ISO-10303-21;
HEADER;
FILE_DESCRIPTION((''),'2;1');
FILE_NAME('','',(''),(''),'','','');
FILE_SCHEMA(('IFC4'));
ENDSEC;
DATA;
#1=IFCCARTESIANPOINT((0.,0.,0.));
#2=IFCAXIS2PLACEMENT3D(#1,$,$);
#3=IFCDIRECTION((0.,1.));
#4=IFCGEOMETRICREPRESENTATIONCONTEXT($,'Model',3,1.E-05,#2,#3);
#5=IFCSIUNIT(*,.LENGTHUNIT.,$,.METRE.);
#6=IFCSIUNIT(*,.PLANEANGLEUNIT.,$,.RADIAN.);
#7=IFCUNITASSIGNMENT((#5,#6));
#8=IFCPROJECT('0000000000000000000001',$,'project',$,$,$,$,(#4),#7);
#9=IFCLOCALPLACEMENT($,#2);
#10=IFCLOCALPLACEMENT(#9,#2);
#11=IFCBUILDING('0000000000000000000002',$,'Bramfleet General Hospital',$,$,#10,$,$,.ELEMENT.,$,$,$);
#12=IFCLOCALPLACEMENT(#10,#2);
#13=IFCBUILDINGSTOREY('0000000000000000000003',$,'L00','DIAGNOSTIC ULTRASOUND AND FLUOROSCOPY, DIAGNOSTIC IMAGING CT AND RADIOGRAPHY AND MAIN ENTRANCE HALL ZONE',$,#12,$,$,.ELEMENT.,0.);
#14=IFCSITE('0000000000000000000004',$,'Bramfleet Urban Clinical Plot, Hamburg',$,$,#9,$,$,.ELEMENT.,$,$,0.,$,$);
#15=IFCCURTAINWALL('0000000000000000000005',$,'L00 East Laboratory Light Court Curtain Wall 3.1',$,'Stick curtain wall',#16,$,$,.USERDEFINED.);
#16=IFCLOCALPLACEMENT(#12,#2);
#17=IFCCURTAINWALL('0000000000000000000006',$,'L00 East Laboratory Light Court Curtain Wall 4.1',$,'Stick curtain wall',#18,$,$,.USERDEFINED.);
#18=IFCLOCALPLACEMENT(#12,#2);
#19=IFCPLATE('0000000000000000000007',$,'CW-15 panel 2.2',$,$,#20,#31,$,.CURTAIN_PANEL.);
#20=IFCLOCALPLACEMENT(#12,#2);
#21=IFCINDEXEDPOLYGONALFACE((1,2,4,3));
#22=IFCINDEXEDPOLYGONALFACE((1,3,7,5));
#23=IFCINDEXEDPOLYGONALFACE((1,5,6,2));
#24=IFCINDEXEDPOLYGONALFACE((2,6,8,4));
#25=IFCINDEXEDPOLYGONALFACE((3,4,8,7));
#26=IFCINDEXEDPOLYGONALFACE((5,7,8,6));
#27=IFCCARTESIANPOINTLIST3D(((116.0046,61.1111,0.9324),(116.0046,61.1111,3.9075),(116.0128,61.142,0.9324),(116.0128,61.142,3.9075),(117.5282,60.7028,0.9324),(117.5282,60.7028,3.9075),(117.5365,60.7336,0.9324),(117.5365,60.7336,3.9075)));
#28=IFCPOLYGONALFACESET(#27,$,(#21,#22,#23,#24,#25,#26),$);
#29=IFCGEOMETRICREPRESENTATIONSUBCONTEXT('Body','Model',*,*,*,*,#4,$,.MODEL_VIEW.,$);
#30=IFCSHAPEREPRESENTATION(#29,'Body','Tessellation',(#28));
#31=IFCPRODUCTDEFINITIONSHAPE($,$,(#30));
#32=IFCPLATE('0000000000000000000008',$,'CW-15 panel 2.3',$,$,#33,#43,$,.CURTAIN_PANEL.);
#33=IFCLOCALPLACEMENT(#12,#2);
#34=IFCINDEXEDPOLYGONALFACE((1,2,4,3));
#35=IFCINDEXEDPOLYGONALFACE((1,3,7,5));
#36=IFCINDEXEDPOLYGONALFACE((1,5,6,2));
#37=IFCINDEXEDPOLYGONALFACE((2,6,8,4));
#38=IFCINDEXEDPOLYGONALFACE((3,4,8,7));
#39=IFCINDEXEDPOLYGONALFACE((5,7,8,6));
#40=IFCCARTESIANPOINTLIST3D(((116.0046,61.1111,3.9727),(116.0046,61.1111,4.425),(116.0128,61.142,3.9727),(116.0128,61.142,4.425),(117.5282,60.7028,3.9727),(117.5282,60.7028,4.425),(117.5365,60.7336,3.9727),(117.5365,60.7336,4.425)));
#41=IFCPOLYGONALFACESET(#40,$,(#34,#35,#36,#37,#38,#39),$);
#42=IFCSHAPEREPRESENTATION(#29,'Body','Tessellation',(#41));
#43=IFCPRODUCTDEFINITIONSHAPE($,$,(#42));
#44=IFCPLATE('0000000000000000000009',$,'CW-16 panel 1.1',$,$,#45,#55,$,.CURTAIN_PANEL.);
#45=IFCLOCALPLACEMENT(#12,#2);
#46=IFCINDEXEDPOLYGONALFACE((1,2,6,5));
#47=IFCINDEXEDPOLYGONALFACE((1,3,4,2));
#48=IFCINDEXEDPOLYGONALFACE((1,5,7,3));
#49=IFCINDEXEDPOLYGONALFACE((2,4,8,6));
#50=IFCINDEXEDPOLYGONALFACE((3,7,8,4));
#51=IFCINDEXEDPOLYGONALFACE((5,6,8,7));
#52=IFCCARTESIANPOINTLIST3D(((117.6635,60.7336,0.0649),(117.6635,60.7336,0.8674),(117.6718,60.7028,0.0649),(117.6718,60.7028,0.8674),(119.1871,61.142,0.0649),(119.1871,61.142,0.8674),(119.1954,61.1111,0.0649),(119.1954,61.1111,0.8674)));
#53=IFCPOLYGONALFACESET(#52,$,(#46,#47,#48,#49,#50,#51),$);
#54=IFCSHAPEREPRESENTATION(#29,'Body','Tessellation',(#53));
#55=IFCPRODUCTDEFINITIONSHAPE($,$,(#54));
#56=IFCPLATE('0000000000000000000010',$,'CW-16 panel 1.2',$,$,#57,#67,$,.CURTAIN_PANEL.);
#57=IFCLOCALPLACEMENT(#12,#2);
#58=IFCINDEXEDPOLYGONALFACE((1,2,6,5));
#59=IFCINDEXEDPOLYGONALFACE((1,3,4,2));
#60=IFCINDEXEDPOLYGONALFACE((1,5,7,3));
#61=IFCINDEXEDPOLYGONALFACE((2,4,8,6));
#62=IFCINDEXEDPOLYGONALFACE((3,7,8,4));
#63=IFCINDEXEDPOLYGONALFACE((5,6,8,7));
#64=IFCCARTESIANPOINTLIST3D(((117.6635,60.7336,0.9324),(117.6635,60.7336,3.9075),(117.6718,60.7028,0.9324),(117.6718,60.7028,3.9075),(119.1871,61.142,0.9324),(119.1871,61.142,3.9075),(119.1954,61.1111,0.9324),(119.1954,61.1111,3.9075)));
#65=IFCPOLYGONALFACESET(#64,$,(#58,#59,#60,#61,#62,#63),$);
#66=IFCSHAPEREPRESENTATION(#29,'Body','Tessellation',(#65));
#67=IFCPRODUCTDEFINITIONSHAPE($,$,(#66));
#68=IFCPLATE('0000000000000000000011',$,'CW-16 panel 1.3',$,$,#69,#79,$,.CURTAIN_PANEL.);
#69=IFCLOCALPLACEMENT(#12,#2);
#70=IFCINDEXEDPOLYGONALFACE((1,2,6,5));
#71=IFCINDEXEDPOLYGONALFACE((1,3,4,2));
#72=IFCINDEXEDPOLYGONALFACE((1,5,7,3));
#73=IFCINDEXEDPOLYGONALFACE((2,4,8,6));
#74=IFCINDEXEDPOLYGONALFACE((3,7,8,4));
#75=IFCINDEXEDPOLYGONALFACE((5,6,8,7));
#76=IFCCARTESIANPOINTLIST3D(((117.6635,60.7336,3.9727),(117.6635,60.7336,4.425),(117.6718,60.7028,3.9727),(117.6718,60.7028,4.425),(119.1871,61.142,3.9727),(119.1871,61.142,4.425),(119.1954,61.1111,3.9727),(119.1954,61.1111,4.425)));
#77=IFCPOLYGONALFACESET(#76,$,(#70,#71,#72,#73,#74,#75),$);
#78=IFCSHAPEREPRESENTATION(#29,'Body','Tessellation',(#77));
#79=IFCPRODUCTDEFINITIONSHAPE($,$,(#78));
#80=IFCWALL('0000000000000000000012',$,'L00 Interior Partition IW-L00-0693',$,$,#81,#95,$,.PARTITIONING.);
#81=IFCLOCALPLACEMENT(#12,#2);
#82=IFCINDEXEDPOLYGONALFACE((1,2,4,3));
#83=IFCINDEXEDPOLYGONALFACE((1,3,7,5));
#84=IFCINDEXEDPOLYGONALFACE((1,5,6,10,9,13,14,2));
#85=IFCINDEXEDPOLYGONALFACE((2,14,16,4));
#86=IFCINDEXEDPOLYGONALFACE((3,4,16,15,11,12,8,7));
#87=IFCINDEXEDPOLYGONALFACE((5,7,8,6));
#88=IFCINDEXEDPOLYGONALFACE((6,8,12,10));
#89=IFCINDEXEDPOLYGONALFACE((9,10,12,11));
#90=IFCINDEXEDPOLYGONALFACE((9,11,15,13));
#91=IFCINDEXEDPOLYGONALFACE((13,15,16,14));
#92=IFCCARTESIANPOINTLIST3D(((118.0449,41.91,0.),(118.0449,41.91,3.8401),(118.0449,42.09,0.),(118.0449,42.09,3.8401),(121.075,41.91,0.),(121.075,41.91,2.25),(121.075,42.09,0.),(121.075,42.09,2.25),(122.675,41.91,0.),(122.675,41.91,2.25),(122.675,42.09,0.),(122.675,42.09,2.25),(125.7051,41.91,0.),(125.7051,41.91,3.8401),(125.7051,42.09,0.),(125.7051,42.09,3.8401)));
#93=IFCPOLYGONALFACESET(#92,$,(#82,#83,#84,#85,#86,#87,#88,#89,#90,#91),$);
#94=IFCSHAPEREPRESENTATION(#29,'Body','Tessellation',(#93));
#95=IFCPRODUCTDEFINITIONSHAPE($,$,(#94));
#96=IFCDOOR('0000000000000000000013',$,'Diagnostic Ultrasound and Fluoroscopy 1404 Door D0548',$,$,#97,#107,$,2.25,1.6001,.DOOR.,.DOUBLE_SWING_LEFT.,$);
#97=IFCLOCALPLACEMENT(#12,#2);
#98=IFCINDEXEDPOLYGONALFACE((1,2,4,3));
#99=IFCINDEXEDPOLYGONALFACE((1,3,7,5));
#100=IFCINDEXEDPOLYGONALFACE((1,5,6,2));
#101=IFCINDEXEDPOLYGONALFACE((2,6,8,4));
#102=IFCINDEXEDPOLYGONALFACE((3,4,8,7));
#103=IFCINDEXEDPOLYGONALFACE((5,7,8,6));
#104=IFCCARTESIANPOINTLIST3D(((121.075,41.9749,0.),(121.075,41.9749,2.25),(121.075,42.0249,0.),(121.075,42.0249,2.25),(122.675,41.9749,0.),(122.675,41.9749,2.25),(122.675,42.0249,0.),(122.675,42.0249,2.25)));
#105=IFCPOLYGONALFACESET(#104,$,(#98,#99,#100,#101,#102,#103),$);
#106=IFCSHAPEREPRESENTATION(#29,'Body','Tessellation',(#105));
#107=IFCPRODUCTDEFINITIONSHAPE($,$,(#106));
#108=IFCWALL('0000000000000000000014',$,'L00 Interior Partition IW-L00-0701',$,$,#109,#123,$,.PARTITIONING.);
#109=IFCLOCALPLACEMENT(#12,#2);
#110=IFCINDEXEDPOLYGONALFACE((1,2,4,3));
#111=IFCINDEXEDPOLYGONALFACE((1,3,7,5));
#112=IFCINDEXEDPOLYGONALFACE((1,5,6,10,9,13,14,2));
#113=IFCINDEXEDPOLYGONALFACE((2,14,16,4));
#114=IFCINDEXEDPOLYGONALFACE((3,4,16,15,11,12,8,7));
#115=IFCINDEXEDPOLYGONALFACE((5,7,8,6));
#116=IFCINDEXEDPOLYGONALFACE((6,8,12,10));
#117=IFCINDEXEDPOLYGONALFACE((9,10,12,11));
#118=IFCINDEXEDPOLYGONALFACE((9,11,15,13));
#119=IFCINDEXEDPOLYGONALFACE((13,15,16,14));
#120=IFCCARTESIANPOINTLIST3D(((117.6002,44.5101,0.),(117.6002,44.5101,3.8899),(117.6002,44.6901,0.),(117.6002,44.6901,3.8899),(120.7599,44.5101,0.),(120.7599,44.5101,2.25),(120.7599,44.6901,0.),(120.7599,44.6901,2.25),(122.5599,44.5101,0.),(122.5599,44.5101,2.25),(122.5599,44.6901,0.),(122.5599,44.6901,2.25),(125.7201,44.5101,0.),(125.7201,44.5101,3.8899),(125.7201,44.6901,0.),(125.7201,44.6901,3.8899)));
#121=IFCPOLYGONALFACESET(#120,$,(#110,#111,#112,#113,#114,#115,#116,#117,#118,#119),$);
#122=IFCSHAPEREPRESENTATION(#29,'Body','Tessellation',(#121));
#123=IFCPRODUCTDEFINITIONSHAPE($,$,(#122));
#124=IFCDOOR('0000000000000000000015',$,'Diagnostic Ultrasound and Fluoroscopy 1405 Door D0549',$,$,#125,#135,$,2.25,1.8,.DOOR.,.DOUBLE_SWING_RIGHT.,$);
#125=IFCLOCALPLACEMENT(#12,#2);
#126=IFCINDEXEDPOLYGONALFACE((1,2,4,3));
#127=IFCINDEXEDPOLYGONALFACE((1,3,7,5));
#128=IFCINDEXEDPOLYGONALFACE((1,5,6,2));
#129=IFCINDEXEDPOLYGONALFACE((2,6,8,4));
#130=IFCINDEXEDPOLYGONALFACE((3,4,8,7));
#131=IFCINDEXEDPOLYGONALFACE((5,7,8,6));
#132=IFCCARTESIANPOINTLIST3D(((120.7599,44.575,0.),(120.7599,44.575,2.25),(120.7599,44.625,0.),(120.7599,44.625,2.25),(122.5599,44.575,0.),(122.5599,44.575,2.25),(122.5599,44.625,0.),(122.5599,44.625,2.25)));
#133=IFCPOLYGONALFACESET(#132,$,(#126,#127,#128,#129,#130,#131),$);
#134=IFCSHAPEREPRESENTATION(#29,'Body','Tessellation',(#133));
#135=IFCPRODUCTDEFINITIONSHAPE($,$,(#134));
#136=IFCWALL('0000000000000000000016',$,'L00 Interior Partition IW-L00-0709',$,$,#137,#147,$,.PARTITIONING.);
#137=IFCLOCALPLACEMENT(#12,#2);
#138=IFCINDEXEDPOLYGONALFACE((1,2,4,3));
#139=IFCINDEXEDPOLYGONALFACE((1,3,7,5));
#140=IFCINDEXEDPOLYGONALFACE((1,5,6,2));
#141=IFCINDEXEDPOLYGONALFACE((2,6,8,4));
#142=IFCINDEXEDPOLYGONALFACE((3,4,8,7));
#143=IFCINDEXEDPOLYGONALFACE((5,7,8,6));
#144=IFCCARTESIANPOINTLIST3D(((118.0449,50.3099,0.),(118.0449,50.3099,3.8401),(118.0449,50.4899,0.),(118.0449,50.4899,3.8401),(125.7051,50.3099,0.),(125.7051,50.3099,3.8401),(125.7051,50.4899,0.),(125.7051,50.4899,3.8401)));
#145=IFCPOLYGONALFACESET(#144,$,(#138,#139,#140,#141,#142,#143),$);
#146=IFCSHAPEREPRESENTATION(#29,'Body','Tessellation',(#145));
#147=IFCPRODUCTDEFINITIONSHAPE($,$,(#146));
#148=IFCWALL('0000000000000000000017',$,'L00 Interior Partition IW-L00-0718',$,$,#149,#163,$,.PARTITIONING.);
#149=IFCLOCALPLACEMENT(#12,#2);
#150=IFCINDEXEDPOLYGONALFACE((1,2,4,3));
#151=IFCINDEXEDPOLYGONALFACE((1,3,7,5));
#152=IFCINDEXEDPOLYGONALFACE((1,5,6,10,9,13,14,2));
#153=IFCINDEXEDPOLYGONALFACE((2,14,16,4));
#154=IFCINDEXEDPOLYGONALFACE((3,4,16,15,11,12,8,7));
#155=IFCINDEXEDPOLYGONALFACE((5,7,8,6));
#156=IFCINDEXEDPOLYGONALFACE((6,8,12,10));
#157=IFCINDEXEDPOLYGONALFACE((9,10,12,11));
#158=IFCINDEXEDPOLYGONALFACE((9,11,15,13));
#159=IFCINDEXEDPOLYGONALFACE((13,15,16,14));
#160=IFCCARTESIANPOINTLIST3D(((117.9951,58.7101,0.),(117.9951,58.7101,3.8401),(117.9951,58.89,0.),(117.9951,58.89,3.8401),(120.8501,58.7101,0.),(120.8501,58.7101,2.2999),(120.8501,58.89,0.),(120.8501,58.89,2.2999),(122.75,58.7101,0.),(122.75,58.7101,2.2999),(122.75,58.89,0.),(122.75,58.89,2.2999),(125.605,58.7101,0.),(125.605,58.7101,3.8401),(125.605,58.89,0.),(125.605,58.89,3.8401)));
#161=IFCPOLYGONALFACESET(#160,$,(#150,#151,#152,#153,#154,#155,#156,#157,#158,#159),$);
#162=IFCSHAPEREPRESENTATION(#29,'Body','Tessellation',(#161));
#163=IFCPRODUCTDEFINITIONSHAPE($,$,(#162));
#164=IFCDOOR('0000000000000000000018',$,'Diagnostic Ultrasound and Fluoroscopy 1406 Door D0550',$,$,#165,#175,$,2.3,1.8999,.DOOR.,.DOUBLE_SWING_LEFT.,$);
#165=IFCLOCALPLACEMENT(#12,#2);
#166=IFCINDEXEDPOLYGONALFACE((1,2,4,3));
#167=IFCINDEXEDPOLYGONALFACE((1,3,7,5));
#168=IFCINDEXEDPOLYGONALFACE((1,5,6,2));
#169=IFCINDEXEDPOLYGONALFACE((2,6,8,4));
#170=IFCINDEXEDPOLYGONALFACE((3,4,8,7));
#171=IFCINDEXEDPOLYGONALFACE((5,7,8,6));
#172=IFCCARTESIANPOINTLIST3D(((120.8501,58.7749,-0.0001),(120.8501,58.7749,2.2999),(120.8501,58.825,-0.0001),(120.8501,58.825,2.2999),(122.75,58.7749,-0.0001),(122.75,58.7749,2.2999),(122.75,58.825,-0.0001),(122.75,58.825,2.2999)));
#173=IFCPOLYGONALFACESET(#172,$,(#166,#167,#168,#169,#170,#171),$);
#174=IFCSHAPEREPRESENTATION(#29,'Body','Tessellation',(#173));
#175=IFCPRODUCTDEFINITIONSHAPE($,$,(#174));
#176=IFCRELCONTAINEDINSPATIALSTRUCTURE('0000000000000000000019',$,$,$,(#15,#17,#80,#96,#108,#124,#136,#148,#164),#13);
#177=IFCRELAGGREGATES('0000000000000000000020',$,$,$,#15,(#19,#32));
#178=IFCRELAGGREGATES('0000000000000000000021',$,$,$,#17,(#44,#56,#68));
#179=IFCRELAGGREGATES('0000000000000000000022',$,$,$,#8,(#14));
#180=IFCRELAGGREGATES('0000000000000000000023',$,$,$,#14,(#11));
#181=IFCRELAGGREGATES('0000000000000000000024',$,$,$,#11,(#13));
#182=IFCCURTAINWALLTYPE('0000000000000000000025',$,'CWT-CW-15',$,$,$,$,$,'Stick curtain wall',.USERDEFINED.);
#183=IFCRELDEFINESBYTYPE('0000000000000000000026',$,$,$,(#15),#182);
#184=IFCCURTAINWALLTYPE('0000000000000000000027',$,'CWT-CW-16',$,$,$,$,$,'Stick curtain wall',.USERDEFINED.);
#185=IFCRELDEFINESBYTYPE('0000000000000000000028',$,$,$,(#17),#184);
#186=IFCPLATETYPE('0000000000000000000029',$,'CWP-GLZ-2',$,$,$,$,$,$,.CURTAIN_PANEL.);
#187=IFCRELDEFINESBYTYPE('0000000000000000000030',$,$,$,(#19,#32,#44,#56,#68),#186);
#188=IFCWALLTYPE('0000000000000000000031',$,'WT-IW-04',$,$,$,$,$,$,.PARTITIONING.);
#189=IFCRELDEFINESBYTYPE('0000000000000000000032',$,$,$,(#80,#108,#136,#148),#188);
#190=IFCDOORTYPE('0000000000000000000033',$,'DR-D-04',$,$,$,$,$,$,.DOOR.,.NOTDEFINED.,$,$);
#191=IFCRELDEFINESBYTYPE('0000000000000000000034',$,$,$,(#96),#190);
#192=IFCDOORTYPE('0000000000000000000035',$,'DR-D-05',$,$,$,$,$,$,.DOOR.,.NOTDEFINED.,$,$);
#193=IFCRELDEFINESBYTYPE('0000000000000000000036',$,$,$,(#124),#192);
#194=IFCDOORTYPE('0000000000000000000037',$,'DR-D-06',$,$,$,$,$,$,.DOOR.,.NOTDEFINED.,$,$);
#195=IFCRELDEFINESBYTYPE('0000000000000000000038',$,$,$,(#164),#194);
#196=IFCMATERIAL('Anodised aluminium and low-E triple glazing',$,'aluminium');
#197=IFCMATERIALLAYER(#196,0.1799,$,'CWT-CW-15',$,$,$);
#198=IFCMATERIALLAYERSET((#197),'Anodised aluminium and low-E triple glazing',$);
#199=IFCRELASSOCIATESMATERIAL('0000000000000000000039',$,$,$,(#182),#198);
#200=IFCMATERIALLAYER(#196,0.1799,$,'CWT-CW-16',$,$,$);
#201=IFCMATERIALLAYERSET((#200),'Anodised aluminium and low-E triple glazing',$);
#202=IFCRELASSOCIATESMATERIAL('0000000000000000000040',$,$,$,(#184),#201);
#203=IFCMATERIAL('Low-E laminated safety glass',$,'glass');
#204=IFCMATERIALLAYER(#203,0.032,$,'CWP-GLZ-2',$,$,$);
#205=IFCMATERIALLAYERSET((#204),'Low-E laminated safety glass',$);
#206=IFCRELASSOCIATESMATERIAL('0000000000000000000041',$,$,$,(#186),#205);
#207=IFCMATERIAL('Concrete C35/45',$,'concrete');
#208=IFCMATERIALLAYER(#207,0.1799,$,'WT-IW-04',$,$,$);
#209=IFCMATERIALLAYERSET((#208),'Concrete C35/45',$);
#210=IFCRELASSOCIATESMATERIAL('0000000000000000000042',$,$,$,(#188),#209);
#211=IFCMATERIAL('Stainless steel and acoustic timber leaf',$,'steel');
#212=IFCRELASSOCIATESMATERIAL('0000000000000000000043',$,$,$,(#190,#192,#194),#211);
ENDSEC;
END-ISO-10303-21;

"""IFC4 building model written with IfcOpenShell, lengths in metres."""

from ifc_helpers import new_model, si_unit, direction, frame, frame_2d, origin, origin_2d, place, context, subcontext, project, spatial, rectangle, extrude, material, layer, layer_set, type_object, element, fill, aggregate, save


model = new_model("IFC4")

# Units and contexts
model_context = context("Model", 3, precision=1e-05, world=origin(), true_north=direction((0.0, 1.0)))
body_context = subcontext(model_context, "Body", "Model", "MODEL_VIEW")
ifc_project = project(units=[si_unit("LENGTHUNIT", "METRE"), si_unit("PLANEANGLEUNIT", "RADIAN")], contexts=[model_context])

# Site, building, storey
site_placement = place(None, origin())
site = spatial("IfcSite", under=ifc_project, at=site_placement, Name="Bramfleet Urban Clinical Plot, Hamburg", CompositionType="ELEMENT", RefElevation=0.0)
building_placement = place(site_placement, origin())
building = spatial("IfcBuilding", under=site, at=building_placement, Name="Bramfleet General Hospital", CompositionType="ELEMENT")
storey_placement = place(building_placement, origin())
storey = spatial("IfcBuildingStorey", under=building, at=storey_placement, Name="L00", Description="DIAGNOSTIC ULTRASOUND AND FLUOROSCOPY, DIAGNOSTIC IMAGING CT AND RADIOGRAPHY AND MAIN ENTRANCE HALL ZONE", CompositionType="ELEMENT", Elevation=0.0)

# Shared definitions
ifc_material_1 = material(Name="Concrete C35/45", Category="concrete")

# Curtain walls
ifc_material_2 = material(Name="Anodised aluminium and low-E triple glazing", Category="aluminium")
ifc_layer_1 = layer(ifc_material_2, 0.1799, Name="CWT-CW-15")
ifc_layer_set_1 = layer_set([ifc_layer_1], Name="Anodised aluminium and low-E triple glazing")
curtain_wall_type_1 = type_object("IfcCurtainWallType", Name="CWT-CW-15", ElementType="Stick curtain wall", PredefinedType="USERDEFINED", material=ifc_layer_set_1)
curtain_wall_1_placement = place(storey_placement, origin())
curtain_wall_1 = element("IfcCurtainWall", 1, at=curtain_wall_1_placement, inside=storey, type_object=curtain_wall_type_1, Name="L00 East Laboratory Light Court Curtain Wall 3.1", ObjectType="Stick curtain wall", PredefinedType="USERDEFINED")
ifc_layer_2 = layer(ifc_material_2, 0.1799, Name="CWT-CW-16")
ifc_layer_set_2 = layer_set([ifc_layer_2], Name="Anodised aluminium and low-E triple glazing")
curtain_wall_type_2 = type_object("IfcCurtainWallType", Name="CWT-CW-16", ElementType="Stick curtain wall", PredefinedType="USERDEFINED", material=ifc_layer_set_2)
curtain_wall_2_placement = place(storey_placement, origin())
curtain_wall_2 = element("IfcCurtainWall", 2, at=curtain_wall_2_placement, inside=storey, type_object=curtain_wall_type_2, Name="L00 East Laboratory Light Court Curtain Wall 4.1", ObjectType="Stick curtain wall", PredefinedType="USERDEFINED")

# Plates
ifc_material_3 = material(Name="Low-E laminated safety glass", Category="glass")
ifc_layer_3 = layer(ifc_material_3, 0.032, Name="CWP-GLZ-2")
ifc_layer_set_3 = layer_set([ifc_layer_3], Name="Low-E laminated safety glass")
plate_type = type_object("IfcPlateType", Name="CWP-GLZ-2", PredefinedType="CURTAIN_PANEL", material=ifc_layer_set_3)
plate_1_placement = place(storey_placement, frame((116.7705, 60.9224, 0.9324), z_axis=(0.0, 0.0, 1.0), x_axis=(0.965914, -0.258865, 0.0)))
plate_1 = element("IfcPlate", 3, at=plate_1_placement, type_object=plate_type, Name="CW-15 panel 2.2", PredefinedType="CURTAIN_PANEL", context=body_context, shape_type="SweptSolid", body=[
    extrude(rectangle(XDim=1.5774, YDim=0.032, at=origin_2d()), origin(), (0.0, 0.0, 1.0), 2.9751),
])
plate_2_placement = place(storey_placement, frame((116.7705, 60.9224, 3.9727), z_axis=(0.0, 0.0, 1.0), x_axis=(0.965914, -0.258865, 0.0)))
plate_2 = element("IfcPlate", 4, at=plate_2_placement, type_object=plate_type, Name="CW-15 panel 2.3", PredefinedType="CURTAIN_PANEL", context=body_context, shape_type="SweptSolid", body=[
    extrude(rectangle(XDim=1.5774, YDim=0.032, at=origin_2d()), origin(), (0.0, 0.0, 1.0), 0.4524),
])
aggregate(curtain_wall_1, [plate_1, plate_2])
plate_3_placement = place(storey_placement, frame((118.4294, 60.9224, 0.0649), z_axis=(0.0, 0.0, 1.0), x_axis=(0.965914, 0.258865, 0.0)))
plate_3 = element("IfcPlate", 5, at=plate_3_placement, type_object=plate_type, Name="CW-16 panel 1.1", PredefinedType="CURTAIN_PANEL", context=body_context, shape_type="SweptSolid", body=[
    extrude(rectangle(XDim=1.5774, YDim=0.032, at=origin_2d()), origin(), (0.0, 0.0, 1.0), 0.8025),
])
plate_4_placement = place(storey_placement, frame((118.4294, 60.9224, 0.9324), z_axis=(0.0, 0.0, 1.0), x_axis=(0.965914, 0.258865, 0.0)))
plate_4 = element("IfcPlate", 6, at=plate_4_placement, type_object=plate_type, Name="CW-16 panel 1.2", PredefinedType="CURTAIN_PANEL", context=body_context, shape_type="SweptSolid", body=[
    extrude(rectangle(XDim=1.5774, YDim=0.032, at=origin_2d()), origin(), (0.0, 0.0, 1.0), 2.9751),
])
plate_5_placement = place(storey_placement, frame((118.4294, 60.9224, 3.9727), z_axis=(0.0, 0.0, 1.0), x_axis=(0.965914, 0.258865, 0.0)))
plate_5 = element("IfcPlate", 7, at=plate_5_placement, type_object=plate_type, Name="CW-16 panel 1.3", PredefinedType="CURTAIN_PANEL", context=body_context, shape_type="SweptSolid", body=[
    extrude(rectangle(XDim=1.5774, YDim=0.032, at=origin_2d()), origin(), (0.0, 0.0, 1.0), 0.4524),
])
aggregate(curtain_wall_2, [plate_3, plate_4, plate_5])

# Walls, openings, doors
ifc_layer_4 = layer(ifc_material_1, 0.1799, Name="WT-IW-04")
ifc_layer_set_4 = layer_set([ifc_layer_4], Name="Concrete C35/45")
wall_type = type_object("IfcWallType", Name="WT-IW-04", PredefinedType="PARTITIONING", material=ifc_layer_set_4)
wall_1_placement = place(storey_placement, frame((118.0449, 42.0, 0.0), z_axis=(0.0, 0.0, 1.0), x_axis=(1.0, 0.0, 0.0)))
wall_1 = element("IfcWall", 8, at=wall_1_placement, inside=storey, type_object=wall_type, Name="L00 Interior Partition IW-L00-0693", PredefinedType="PARTITIONING", context=body_context, shape_type="SweptSolid", body=[
    extrude(rectangle(XDim=7.6602, YDim=0.1799, at=frame_2d((3.8301, 0.0))), origin(), (0.0, 0.0, 1.0), 3.8401),
])
opening_1_placement = place(wall_1_placement, frame((3.03, 0.0, 0.0)))
opening_1 = element("IfcOpeningElement", 9, at=opening_1_placement, cuts=wall_1, PredefinedType="OPENING", context=body_context, shape_type="SweptSolid", body=[
    extrude(rectangle(XDim=1.6001, YDim=2.25, at=frame_2d((0.8, 1.125))), frame((0.0, 0.0999, 0.0), z_axis=(0.0, -1.0, 0.0), x_axis=(1.0, 0.0, 0.0)), (0.0, 0.0, 1.0), 0.2),
])
ifc_material_4 = material(Name="Stainless steel and acoustic timber leaf", Category="steel")
door_type_1 = type_object("IfcDoorType", Name="DR-D-04", OperationType="NOTDEFINED", PredefinedType="DOOR", material=ifc_material_4)
door_1_placement = place(opening_1_placement, origin())
door_1 = element("IfcDoor", 10, at=door_1_placement, inside=storey, type_object=door_type_1, Name="Diagnostic Ultrasound and Fluoroscopy 1404 Door D0548", OperationType="DOUBLE_SWING_LEFT", OverallHeight=2.25, OverallWidth=1.6001, PredefinedType="DOOR", context=body_context, shape_type="SweptSolid", body=[
    extrude(rectangle(XDim=1.6001, YDim=2.25, at=frame_2d((0.8, 1.125))), frame((0.0, 0.0249, 0.0), z_axis=(0.0, -1.0, 0.0), x_axis=(1.0, 0.0, 0.0)), (0.0, 0.0, 1.0), 0.05),
])
fill(opening_1, door_1)
wall_2_placement = place(storey_placement, frame((117.6001, 44.6001, 0.0), z_axis=(0.0, 0.0, 1.0), x_axis=(1.0, 0.0, 0.0)))
wall_2 = element("IfcWall", 11, at=wall_2_placement, inside=storey, type_object=wall_type, Name="L00 Interior Partition IW-L00-0701", PredefinedType="PARTITIONING", context=body_context, shape_type="SweptSolid", body=[
    extrude(rectangle(XDim=8.1199, YDim=0.1799, at=frame_2d((4.0601, 0.0))), origin(), (0.0, 0.0, 1.0), 3.8899),
])
opening_2_placement = place(wall_2_placement, frame((3.1599, 0.0, 0.0)))
opening_2 = element("IfcOpeningElement", 12, at=opening_2_placement, cuts=wall_2, PredefinedType="OPENING", context=body_context, shape_type="SweptSolid", body=[
    extrude(rectangle(XDim=1.8, YDim=2.25, at=frame_2d((0.8999, 1.125))), frame((0.0, 0.0999, 0.0), z_axis=(0.0, -1.0, 0.0), x_axis=(1.0, 0.0, 0.0)), (0.0, 0.0, 1.0), 0.2),
])
door_type_2 = type_object("IfcDoorType", Name="DR-D-05", OperationType="NOTDEFINED", PredefinedType="DOOR", material=ifc_material_4)
door_2_placement = place(opening_2_placement, origin())
door_2 = element("IfcDoor", 13, at=door_2_placement, inside=storey, type_object=door_type_2, Name="Diagnostic Ultrasound and Fluoroscopy 1405 Door D0549", OperationType="DOUBLE_SWING_RIGHT", OverallHeight=2.25, OverallWidth=1.8, PredefinedType="DOOR", context=body_context, shape_type="SweptSolid", body=[
    extrude(rectangle(XDim=1.8, YDim=2.25, at=frame_2d((0.8999, 1.125))), frame((0.0, 0.0249, 0.0), z_axis=(0.0, -1.0, 0.0), x_axis=(1.0, 0.0, 0.0)), (0.0, 0.0, 1.0), 0.05),
])
fill(opening_2, door_2)

# Wall
wall_3_placement = place(storey_placement, frame((118.0449, 50.3999, 0.0), z_axis=(0.0, 0.0, 1.0), x_axis=(1.0, 0.0, 0.0)))
element("IfcWall", 14, at=wall_3_placement, inside=storey, type_object=wall_type, Name="L00 Interior Partition IW-L00-0709", PredefinedType="PARTITIONING", context=body_context, shape_type="SweptSolid", body=[
    extrude(rectangle(XDim=7.6602, YDim=0.1799, at=frame_2d((3.8301, 0.0))), origin(), (0.0, 0.0, 1.0), 3.8401),
])

# Wall, opening, door
wall_4_placement = place(storey_placement, frame((117.9951, 58.8, 0.0), z_axis=(0.0, 0.0, 1.0), x_axis=(1.0, 0.0, 0.0)))
wall_4 = element("IfcWall", 15, at=wall_4_placement, inside=storey, type_object=wall_type, Name="L00 Interior Partition IW-L00-0718", PredefinedType="PARTITIONING", context=body_context, shape_type="SweptSolid", body=[
    extrude(rectangle(XDim=7.6099, YDim=0.1799, at=frame_2d((3.8049, 0.0))), origin(), (0.0, 0.0, 1.0), 3.8401),
])
opening_3_placement = place(wall_4_placement, frame((2.855, 0.0, 0.0)))
opening_3 = element("IfcOpeningElement", 16, at=opening_3_placement, cuts=wall_4, PredefinedType="OPENING", context=body_context, shape_type="SweptSolid", body=[
    extrude(rectangle(XDim=1.8999, YDim=2.3, at=frame_2d((0.95, 1.1499))), frame((0.0, 0.0999, 0.0), z_axis=(0.0, -1.0, 0.0), x_axis=(1.0, 0.0, 0.0)), (0.0, 0.0, 1.0), 0.2),
])
door_type_3 = type_object("IfcDoorType", Name="DR-D-06", OperationType="NOTDEFINED", PredefinedType="DOOR", material=ifc_material_4)
door_3_placement = place(opening_3_placement, origin())
door_3 = element("IfcDoor", 17, at=door_3_placement, inside=storey, type_object=door_type_3, Name="Diagnostic Ultrasound and Fluoroscopy 1406 Door D0550", OperationType="DOUBLE_SWING_LEFT", OverallHeight=2.3, OverallWidth=1.8999, PredefinedType="DOOR", context=body_context, shape_type="SweptSolid", body=[
    extrude(rectangle(XDim=1.8999, YDim=2.3, at=frame_2d((0.95, 1.1499))), frame((0.0, 0.0249, 0.0), z_axis=(0.0, -1.0, 0.0), x_axis=(1.0, 0.0, 0.0)), (0.0, 0.0, 1.0), 0.05),
])
fill(opening_3, door_3)

save(model, "model.ifc")
